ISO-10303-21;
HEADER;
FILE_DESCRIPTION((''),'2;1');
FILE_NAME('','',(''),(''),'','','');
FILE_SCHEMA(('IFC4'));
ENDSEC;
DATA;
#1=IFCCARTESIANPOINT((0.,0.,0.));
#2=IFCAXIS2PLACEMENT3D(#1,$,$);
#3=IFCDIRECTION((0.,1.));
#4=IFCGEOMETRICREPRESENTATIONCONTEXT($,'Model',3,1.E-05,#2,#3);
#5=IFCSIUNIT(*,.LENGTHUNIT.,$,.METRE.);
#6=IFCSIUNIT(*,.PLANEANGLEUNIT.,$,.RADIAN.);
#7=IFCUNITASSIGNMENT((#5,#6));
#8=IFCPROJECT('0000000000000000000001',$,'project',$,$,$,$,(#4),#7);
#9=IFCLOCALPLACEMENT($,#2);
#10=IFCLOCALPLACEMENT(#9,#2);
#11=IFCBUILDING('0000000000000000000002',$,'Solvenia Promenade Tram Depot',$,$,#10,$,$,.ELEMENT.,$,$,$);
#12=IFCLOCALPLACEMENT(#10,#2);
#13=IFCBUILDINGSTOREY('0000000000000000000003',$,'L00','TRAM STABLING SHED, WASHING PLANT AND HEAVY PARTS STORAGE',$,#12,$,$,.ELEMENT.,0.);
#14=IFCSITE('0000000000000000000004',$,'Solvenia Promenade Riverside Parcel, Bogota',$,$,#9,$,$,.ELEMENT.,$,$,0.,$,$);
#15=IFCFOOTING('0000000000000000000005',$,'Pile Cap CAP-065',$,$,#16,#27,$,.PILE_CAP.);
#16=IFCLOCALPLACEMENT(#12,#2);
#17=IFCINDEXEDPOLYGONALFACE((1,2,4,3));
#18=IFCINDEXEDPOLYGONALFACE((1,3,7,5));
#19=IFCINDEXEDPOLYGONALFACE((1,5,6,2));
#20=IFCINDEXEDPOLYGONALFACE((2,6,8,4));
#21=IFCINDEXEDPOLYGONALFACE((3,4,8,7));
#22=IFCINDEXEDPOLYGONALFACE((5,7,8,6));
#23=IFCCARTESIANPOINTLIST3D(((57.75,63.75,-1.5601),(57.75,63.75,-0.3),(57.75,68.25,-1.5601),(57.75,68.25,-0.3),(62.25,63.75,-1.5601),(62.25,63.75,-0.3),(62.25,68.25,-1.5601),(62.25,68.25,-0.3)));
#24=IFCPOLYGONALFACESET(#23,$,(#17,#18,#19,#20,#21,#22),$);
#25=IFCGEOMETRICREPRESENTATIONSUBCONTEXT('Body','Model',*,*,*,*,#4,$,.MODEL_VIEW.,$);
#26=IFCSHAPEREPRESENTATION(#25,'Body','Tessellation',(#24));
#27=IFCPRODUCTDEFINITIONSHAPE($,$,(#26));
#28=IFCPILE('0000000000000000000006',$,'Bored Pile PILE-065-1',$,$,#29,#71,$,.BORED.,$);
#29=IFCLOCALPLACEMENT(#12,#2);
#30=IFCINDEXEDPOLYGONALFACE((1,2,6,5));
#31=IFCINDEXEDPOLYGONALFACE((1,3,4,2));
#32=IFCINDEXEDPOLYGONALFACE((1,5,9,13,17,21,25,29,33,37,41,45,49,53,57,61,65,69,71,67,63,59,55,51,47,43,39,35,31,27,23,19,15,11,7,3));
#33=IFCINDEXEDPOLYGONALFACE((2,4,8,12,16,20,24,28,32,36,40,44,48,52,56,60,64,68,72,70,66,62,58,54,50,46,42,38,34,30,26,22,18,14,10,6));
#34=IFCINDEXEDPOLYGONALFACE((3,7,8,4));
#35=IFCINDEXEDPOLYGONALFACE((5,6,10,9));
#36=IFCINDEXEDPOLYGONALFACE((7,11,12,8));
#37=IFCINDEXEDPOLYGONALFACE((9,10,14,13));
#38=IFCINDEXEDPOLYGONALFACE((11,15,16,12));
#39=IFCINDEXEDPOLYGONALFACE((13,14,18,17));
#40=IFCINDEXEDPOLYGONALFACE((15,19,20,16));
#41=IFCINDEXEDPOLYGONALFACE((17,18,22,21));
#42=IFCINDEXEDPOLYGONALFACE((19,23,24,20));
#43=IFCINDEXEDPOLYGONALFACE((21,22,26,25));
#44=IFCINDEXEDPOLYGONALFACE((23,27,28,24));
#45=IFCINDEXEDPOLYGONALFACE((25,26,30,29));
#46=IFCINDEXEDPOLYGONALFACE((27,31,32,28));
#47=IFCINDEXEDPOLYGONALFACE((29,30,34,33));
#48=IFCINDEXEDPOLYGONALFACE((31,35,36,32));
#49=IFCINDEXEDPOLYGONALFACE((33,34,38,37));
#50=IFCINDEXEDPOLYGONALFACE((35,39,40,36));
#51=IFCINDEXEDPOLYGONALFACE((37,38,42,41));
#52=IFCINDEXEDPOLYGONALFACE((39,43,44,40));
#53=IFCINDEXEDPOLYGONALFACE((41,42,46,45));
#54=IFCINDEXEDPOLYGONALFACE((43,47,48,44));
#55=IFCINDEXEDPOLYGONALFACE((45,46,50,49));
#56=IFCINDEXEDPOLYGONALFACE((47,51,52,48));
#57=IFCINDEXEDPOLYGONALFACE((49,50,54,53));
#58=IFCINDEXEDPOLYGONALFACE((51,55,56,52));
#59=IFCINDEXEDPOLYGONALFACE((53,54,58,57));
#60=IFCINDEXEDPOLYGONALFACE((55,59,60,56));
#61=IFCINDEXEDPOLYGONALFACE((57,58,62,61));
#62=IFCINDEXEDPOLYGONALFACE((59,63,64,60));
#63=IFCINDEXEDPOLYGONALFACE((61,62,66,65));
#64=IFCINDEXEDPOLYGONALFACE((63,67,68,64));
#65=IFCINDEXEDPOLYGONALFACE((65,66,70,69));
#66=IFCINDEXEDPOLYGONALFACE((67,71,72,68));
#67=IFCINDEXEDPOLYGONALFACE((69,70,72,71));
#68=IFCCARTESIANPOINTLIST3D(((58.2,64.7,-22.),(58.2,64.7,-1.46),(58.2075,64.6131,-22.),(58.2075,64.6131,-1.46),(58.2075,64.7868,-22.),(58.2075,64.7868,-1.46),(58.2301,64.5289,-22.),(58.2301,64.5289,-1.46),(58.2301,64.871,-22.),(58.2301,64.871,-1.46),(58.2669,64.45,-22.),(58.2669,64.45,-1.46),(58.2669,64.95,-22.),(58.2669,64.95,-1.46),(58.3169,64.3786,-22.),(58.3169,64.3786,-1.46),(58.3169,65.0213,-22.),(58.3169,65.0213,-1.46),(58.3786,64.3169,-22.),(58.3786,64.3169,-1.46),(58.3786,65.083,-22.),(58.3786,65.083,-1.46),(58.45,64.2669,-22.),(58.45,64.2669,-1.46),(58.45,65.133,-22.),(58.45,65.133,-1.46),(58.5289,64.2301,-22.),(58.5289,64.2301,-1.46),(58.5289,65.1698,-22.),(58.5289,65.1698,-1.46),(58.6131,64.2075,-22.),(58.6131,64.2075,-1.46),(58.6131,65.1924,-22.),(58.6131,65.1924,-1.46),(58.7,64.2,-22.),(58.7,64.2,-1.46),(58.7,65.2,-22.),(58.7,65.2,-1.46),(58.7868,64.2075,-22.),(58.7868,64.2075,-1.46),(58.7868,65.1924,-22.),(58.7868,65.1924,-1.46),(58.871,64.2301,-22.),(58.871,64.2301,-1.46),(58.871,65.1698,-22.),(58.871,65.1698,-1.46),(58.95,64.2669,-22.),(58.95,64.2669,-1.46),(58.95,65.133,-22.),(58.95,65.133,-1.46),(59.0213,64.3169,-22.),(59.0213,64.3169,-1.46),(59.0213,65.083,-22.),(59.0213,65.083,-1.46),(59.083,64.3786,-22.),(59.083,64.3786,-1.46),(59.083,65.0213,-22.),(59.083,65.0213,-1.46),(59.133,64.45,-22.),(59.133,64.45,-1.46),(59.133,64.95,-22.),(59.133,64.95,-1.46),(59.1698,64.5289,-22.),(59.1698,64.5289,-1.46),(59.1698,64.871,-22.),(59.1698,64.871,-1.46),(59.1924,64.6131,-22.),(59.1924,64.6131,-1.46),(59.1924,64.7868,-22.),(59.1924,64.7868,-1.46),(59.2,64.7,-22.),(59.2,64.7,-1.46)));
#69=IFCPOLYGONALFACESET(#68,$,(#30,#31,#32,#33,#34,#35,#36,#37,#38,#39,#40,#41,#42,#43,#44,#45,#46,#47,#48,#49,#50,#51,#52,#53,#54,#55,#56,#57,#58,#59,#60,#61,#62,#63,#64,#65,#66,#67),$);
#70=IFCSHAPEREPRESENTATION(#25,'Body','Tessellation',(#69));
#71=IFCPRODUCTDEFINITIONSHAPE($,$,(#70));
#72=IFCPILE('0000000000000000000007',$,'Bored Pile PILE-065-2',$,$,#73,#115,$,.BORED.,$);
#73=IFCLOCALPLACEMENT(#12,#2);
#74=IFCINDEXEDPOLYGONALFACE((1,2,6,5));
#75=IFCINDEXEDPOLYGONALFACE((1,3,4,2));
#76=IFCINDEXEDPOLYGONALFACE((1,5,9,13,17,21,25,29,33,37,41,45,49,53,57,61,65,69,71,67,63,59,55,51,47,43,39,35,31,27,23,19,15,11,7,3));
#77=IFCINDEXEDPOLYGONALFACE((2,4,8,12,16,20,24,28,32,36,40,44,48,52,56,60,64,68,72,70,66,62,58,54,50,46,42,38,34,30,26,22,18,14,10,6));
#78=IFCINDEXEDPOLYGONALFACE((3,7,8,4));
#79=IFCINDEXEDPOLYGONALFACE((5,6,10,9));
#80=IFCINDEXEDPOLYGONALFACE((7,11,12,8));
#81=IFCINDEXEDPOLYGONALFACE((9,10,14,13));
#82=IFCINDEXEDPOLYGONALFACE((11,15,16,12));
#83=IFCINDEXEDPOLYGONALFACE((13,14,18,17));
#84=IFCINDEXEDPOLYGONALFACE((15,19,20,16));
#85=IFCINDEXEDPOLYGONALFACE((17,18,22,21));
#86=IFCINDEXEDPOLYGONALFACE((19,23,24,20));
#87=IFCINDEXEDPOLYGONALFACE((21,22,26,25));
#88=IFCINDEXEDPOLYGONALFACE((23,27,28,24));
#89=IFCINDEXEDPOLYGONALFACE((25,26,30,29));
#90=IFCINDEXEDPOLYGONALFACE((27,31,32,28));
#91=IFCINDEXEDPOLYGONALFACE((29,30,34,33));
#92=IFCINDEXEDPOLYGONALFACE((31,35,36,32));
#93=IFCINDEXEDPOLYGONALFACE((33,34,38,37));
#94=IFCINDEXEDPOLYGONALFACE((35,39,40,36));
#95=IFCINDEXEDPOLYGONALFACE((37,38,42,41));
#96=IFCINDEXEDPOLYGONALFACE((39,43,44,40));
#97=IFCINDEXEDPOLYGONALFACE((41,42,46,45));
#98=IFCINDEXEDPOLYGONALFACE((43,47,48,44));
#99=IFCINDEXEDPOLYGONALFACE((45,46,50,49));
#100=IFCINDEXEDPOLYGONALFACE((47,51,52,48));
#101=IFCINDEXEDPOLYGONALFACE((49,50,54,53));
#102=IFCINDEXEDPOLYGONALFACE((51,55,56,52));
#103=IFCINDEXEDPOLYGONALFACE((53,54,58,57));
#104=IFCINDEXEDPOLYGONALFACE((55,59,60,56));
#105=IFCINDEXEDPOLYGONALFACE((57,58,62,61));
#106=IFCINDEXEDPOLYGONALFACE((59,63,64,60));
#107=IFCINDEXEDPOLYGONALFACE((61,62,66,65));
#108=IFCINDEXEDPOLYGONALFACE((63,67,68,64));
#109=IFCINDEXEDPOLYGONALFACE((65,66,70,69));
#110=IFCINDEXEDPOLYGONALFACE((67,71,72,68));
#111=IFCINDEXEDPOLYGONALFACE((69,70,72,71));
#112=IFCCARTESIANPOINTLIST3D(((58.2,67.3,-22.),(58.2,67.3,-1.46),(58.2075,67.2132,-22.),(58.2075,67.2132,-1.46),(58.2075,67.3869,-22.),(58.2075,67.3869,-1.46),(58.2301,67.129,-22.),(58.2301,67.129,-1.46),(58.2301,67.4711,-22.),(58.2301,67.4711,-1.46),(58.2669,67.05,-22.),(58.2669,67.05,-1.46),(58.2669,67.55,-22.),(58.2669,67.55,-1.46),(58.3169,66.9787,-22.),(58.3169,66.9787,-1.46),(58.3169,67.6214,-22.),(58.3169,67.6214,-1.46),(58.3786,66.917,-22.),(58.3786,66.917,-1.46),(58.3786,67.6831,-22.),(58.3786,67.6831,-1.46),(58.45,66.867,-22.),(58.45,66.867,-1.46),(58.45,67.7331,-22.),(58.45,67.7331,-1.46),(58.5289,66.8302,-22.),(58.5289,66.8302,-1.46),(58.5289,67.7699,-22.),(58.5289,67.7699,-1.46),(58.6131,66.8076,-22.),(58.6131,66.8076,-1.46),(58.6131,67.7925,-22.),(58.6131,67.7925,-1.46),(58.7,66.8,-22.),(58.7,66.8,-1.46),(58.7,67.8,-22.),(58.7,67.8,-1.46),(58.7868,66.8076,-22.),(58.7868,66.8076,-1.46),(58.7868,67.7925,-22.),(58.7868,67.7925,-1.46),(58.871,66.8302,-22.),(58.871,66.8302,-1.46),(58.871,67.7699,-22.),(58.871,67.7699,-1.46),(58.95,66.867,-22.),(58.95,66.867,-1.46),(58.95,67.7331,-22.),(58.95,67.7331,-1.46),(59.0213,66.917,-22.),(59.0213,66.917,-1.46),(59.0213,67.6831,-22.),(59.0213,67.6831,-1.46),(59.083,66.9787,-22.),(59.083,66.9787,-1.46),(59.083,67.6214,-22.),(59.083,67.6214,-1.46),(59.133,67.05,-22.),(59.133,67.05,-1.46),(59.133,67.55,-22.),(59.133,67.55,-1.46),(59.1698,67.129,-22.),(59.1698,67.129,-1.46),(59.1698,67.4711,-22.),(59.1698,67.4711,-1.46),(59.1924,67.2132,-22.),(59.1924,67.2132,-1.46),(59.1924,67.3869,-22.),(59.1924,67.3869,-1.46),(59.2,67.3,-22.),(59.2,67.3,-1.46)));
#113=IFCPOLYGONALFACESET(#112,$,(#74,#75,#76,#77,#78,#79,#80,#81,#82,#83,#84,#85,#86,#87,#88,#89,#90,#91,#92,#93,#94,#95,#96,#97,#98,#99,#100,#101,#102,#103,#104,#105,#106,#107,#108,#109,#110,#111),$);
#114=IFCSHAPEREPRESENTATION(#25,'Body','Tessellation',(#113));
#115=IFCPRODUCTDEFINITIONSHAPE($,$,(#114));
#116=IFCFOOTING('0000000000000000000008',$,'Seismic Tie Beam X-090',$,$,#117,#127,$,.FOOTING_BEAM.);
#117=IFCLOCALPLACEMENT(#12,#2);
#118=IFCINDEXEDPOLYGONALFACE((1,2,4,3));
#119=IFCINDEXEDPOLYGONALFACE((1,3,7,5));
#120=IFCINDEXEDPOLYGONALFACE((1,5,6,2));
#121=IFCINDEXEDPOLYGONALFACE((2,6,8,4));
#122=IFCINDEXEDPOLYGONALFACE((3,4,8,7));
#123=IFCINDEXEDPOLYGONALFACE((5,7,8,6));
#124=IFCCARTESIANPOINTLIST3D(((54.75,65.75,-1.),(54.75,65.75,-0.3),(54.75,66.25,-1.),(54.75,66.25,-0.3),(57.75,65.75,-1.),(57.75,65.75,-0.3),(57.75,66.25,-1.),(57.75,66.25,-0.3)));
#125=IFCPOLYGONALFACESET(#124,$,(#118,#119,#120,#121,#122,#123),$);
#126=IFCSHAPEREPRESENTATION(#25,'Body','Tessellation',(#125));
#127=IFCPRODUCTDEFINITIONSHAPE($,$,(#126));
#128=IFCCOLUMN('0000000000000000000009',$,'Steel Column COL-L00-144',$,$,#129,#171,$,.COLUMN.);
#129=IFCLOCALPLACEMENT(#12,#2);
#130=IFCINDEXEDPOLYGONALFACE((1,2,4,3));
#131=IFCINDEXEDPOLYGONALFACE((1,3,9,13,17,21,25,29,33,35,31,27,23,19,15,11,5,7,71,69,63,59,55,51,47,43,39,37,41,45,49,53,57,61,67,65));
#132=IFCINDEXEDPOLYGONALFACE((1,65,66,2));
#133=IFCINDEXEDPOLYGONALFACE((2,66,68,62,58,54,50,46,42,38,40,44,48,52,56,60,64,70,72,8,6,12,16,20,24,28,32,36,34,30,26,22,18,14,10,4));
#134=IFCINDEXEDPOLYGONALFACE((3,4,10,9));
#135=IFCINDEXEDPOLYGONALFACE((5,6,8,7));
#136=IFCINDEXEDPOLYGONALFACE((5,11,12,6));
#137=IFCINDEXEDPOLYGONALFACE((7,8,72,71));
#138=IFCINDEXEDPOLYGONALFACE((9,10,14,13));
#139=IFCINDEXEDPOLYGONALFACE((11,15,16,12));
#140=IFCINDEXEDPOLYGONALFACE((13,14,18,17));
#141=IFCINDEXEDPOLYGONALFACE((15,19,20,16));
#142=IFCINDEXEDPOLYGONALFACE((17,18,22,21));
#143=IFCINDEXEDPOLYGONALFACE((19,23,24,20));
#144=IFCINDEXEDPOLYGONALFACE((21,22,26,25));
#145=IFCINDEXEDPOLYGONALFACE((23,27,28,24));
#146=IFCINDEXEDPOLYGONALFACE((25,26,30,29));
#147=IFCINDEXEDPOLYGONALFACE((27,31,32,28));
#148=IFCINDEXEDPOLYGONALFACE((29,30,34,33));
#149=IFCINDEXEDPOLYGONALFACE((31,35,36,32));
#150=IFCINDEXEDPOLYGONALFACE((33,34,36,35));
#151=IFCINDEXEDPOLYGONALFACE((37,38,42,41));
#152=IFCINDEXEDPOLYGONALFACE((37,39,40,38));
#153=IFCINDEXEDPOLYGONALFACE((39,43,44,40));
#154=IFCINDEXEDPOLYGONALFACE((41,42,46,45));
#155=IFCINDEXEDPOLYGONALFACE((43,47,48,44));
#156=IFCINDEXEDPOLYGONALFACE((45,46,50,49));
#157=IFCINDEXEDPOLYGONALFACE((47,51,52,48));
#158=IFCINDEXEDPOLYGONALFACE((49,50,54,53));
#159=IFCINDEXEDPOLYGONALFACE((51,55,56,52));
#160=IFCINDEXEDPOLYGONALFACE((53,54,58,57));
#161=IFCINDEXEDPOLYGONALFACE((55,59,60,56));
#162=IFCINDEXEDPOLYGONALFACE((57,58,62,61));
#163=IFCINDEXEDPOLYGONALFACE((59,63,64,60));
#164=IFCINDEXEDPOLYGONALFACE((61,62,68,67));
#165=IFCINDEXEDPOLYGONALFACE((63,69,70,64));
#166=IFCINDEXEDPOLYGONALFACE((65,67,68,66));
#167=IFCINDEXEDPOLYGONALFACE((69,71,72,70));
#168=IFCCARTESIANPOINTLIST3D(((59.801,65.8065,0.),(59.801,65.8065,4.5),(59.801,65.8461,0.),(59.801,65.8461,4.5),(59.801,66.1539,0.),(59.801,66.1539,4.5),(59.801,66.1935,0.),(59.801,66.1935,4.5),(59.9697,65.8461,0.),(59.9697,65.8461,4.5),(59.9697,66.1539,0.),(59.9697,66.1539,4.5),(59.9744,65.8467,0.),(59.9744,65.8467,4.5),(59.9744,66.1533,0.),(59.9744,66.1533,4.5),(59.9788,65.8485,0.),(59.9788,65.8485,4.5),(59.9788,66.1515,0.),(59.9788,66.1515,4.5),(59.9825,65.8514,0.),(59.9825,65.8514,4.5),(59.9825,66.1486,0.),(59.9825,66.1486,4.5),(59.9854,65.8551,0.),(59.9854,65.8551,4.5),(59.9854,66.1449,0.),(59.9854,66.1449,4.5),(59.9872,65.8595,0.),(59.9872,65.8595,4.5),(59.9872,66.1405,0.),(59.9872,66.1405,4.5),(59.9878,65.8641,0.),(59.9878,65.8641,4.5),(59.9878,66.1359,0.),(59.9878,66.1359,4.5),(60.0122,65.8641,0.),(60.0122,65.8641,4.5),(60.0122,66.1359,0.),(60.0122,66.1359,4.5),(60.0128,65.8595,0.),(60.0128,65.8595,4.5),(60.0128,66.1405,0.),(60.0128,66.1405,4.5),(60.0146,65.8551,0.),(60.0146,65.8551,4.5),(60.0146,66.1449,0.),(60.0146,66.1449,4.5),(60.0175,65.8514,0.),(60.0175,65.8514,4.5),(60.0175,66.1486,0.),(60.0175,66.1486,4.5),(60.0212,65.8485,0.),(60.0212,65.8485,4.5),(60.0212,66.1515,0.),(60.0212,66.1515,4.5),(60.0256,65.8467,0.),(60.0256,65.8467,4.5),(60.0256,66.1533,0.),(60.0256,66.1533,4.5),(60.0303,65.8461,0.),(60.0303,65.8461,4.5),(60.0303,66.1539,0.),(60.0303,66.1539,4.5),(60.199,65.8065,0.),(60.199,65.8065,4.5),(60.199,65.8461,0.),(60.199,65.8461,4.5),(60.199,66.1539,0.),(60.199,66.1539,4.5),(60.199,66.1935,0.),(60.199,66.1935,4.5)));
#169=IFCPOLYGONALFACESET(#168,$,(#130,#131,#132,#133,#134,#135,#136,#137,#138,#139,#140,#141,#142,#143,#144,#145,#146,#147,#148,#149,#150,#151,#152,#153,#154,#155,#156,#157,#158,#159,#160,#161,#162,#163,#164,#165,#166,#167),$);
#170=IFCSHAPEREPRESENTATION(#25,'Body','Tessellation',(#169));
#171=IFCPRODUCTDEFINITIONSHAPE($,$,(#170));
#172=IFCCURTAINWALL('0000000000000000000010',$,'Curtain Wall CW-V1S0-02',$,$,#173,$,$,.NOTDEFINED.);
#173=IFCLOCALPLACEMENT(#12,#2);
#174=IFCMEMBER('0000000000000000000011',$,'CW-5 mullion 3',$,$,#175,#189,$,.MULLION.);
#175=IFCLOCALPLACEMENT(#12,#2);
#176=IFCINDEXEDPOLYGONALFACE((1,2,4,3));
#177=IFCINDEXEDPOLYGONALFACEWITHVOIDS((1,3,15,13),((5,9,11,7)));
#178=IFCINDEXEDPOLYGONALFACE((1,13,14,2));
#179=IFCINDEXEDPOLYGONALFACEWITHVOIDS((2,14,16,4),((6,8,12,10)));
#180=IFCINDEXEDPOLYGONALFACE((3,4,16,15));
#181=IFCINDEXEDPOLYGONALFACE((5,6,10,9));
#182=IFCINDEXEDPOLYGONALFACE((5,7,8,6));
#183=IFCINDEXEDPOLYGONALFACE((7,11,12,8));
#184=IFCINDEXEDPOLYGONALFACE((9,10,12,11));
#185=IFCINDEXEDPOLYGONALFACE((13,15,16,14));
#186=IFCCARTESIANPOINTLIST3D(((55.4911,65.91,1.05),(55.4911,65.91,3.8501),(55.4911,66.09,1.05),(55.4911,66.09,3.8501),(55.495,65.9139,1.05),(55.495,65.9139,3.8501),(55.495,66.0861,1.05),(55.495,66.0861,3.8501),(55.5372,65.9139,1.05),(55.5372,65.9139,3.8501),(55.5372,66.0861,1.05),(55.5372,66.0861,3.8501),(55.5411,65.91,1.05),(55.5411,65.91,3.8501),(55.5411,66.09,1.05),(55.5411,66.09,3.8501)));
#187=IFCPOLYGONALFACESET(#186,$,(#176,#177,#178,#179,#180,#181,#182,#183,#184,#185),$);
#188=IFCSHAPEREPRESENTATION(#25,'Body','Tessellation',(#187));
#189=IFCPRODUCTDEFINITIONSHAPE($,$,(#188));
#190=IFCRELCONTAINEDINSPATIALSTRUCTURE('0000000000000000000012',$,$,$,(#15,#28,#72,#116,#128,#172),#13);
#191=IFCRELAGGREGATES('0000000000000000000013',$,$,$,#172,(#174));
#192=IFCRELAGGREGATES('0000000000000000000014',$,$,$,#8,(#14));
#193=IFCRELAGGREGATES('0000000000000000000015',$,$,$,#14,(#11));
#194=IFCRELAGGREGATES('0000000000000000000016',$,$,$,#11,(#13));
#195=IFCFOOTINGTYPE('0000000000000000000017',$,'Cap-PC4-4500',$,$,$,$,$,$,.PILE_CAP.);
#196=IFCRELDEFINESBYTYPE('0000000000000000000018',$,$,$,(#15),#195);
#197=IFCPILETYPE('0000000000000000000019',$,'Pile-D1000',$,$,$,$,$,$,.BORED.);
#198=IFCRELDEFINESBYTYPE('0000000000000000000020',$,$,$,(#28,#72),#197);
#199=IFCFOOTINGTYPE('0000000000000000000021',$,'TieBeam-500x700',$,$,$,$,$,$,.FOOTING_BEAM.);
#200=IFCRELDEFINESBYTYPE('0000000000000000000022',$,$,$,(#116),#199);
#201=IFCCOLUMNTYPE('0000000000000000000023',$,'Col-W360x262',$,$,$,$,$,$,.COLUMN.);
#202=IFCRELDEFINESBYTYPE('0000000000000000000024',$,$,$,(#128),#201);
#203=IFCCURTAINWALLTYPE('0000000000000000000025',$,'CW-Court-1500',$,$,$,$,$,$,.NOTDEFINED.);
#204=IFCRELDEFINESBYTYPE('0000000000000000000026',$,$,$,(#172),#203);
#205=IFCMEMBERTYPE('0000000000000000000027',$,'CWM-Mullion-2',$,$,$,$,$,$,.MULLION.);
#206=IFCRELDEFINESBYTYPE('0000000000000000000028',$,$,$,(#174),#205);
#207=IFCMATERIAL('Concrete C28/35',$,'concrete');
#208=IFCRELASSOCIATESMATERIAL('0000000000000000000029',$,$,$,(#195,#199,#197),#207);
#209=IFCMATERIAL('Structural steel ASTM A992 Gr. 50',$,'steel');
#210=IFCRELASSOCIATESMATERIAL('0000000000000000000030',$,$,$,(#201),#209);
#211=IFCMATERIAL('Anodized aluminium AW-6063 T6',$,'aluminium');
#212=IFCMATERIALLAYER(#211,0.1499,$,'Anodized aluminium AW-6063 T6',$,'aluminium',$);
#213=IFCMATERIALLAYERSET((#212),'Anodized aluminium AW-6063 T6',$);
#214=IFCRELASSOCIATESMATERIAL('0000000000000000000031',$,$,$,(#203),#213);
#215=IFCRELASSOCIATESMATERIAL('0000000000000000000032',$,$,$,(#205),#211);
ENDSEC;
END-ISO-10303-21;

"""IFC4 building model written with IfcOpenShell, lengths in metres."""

from ifc_helpers import new_model, si_unit, direction, frame, origin, origin_2d, place, context, subcontext, project, spatial, rectangle, hollow_rectangle, circle, i_section, extrude, material, layer, layer_set, material_profile, profile_set, type_object, element, aggregate, save


model = new_model("IFC4")

# Units and contexts
model_context = context("Model", 3, precision=1e-05, world=origin(), true_north=direction((0.0, 1.0)))
body_context = subcontext(model_context, "Body", "Model", "MODEL_VIEW")
ifc_project = project(units=[si_unit("LENGTHUNIT", "METRE"), si_unit("PLANEANGLEUNIT", "RADIAN")], contexts=[model_context])

# Site, building, storey
site_placement = place(None, origin())
site = spatial("IfcSite", under=ifc_project, at=site_placement, Name="Solvenia Promenade Riverside Parcel, Bogota", CompositionType="ELEMENT", RefElevation=0.0)
building_placement = place(site_placement, origin())
building = spatial("IfcBuilding", under=site, at=building_placement, Name="Solvenia Promenade Tram Depot", CompositionType="ELEMENT")
storey_placement = place(building_placement, origin())
storey = spatial("IfcBuildingStorey", under=building, at=storey_placement, Name="L00", Description="TRAM STABLING SHED, WASHING PLANT AND HEAVY PARTS STORAGE", CompositionType="ELEMENT", Elevation=0.0)

# Footing
ifc_material_1 = material(Name="Concrete C28/35", Category="concrete")
footing_type_1 = type_object("IfcFootingType", Name="Cap-PC4-4500", PredefinedType="PILE_CAP", material=ifc_material_1)
footing_1_placement = place(storey_placement, frame((60.0, 66.0, -1.5601), z_axis=(0.0, 0.0, 1.0), x_axis=(1.0, 0.0, 0.0)))
element("IfcFooting", 1, at=footing_1_placement, inside=storey, type_object=footing_type_1, Name="Pile Cap CAP-065", PredefinedType="PILE_CAP", context=body_context, shape_type="SweptSolid", body=[
    extrude(rectangle(XDim=4.5, YDim=4.5, at=origin_2d()), origin(), (0.0, 0.0, 1.0), 1.26),
])

# Piles
ifc_material_profile_1 = material_profile(ifc_material_1, circle(Radius=0.5, at=origin_2d()), Name="D1000", Category="concrete")
ifc_profile_set_1 = profile_set([ifc_material_profile_1], Name="Concrete C28/35")
pile_type = type_object("IfcPileType", Name="Pile-D1000", PredefinedType="BORED", material=ifc_profile_set_1)
for number, where, z_axis, x_axis, name in (
    (2, (58.7, 64.7, -1.46), (0.0, 0.0, -1.0), (1.0, 0.0, 0.0), "Bored Pile PILE-065-1"),
    (3, (58.7, 67.3, -1.46), (0.0, 0.0, -1.0), (1.0, 0.0, 0.0), "Bored Pile PILE-065-2"),
):
    element("IfcPile", number, at=place(storey_placement, frame(where, z_axis=z_axis, x_axis=x_axis)), inside=storey, type_object=pile_type, Name=name, PredefinedType="BORED", context=body_context, shape_type="SweptSolid", body=[
        extrude(circle(Radius=0.5, at=origin_2d()), origin(), (0.0, 0.0, 1.0), 20.54),
    ])

# Footing
footing_type_2 = type_object("IfcFootingType", Name="TieBeam-500x700", PredefinedType="FOOTING_BEAM", material=ifc_material_1)
footing_2_placement = place(storey_placement, frame((56.25, 66.0, -1.0), z_axis=(0.0, 0.0, 1.0), x_axis=(1.0, 0.0, 0.0)))
element("IfcFooting", 4, at=footing_2_placement, inside=storey, type_object=footing_type_2, Name="Seismic Tie Beam X-090", PredefinedType="FOOTING_BEAM", context=body_context, shape_type="SweptSolid", body=[
    extrude(rectangle(XDim=3.0, YDim=0.5, at=origin_2d()), origin(), (0.0, 0.0, 1.0), 0.7),
])

# Column
ifc_material_2 = material(Name="Structural steel ASTM A992 Gr. 50", Category="steel")
ifc_material_profile_2 = material_profile(ifc_material_2, i_section(OverallWidth=0.3979, OverallDepth=0.387, WebThickness=0.0244, FlangeThickness=0.0396, FilletRadius=0.0181, at=origin_2d()), Name="W360x262", Category="steel")
ifc_profile_set_2 = profile_set([ifc_material_profile_2], Name="Structural steel ASTM A992 Gr. 50")
column_type = type_object("IfcColumnType", Name="Col-W360x262", PredefinedType="COLUMN", material=ifc_profile_set_2)
column_placement = place(storey_placement, frame((60.0, 66.0, 0.0), z_axis=(0.0, 0.0, 1.0), x_axis=(1.0, 0.0, 0.0)))
element("IfcColumn", 5, at=column_placement, inside=storey, type_object=column_type, Name="Steel Column COL-L00-144", PredefinedType="COLUMN", context=body_context, shape_type="SweptSolid", body=[
    extrude(i_section(OverallWidth=0.3979, OverallDepth=0.387, WebThickness=0.0244, FlangeThickness=0.0396, FilletRadius=0.0181, at=origin_2d()), origin(), (0.0, 0.0, 1.0), 4.5),
])

# Curtain wall, member
ifc_material_3 = material(Name="Anodized aluminium AW-6063 T6", Category="aluminium")
ifc_layer_1 = layer(ifc_material_3, 0.1499, Name="Anodized aluminium AW-6063 T6", Category="aluminium")
ifc_layer_set_1 = layer_set([ifc_layer_1], Name="Anodized aluminium AW-6063 T6")
curtain_wall_type = type_object("IfcCurtainWallType", Name="CW-Court-1500", PredefinedType="NOTDEFINED", material=ifc_layer_set_1)
curtain_wall_1_placement = place(storey_placement, origin())
curtain_wall_1 = element("IfcCurtainWall", 6, at=curtain_wall_1_placement, inside=storey, type_object=curtain_wall_type, Name="Curtain Wall CW-V1S0-02", PredefinedType="NOTDEFINED")
ifc_material_profile_3 = material_profile(ifc_material_3, hollow_rectangle(XDim=0.1799, YDim=0.05, WallThickness=0.0039, at=origin_2d()), Name="ALU-M2", Category="aluminium")
ifc_profile_set_3 = profile_set([ifc_material_profile_3], Name="Anodized aluminium AW-6063 T6")
member_type_1 = type_object("IfcMemberType", Name="CWM-Mullion-2", PredefinedType="MULLION", material=ifc_profile_set_3)
member_1_placement = place(storey_placement, frame((55.5161, 66.0, 1.05), z_axis=(0.0, 0.0, 1.0), x_axis=(0.0, 1.0, 0.0)))
member_1 = element("IfcMember", 7, at=member_1_placement, type_object=member_type_1, Name="CW-5 mullion 3", PredefinedType="MULLION", context=body_context, shape_type="SweptSolid", body=[
    extrude(hollow_rectangle(XDim=0.1799, YDim=0.05, WallThickness=0.0039, at=origin_2d()), origin(), (0.0, 0.0, 1.0), 2.8),
])

aggregate(curtain_wall_1, [member_1])

save(model, "model.ifc")
